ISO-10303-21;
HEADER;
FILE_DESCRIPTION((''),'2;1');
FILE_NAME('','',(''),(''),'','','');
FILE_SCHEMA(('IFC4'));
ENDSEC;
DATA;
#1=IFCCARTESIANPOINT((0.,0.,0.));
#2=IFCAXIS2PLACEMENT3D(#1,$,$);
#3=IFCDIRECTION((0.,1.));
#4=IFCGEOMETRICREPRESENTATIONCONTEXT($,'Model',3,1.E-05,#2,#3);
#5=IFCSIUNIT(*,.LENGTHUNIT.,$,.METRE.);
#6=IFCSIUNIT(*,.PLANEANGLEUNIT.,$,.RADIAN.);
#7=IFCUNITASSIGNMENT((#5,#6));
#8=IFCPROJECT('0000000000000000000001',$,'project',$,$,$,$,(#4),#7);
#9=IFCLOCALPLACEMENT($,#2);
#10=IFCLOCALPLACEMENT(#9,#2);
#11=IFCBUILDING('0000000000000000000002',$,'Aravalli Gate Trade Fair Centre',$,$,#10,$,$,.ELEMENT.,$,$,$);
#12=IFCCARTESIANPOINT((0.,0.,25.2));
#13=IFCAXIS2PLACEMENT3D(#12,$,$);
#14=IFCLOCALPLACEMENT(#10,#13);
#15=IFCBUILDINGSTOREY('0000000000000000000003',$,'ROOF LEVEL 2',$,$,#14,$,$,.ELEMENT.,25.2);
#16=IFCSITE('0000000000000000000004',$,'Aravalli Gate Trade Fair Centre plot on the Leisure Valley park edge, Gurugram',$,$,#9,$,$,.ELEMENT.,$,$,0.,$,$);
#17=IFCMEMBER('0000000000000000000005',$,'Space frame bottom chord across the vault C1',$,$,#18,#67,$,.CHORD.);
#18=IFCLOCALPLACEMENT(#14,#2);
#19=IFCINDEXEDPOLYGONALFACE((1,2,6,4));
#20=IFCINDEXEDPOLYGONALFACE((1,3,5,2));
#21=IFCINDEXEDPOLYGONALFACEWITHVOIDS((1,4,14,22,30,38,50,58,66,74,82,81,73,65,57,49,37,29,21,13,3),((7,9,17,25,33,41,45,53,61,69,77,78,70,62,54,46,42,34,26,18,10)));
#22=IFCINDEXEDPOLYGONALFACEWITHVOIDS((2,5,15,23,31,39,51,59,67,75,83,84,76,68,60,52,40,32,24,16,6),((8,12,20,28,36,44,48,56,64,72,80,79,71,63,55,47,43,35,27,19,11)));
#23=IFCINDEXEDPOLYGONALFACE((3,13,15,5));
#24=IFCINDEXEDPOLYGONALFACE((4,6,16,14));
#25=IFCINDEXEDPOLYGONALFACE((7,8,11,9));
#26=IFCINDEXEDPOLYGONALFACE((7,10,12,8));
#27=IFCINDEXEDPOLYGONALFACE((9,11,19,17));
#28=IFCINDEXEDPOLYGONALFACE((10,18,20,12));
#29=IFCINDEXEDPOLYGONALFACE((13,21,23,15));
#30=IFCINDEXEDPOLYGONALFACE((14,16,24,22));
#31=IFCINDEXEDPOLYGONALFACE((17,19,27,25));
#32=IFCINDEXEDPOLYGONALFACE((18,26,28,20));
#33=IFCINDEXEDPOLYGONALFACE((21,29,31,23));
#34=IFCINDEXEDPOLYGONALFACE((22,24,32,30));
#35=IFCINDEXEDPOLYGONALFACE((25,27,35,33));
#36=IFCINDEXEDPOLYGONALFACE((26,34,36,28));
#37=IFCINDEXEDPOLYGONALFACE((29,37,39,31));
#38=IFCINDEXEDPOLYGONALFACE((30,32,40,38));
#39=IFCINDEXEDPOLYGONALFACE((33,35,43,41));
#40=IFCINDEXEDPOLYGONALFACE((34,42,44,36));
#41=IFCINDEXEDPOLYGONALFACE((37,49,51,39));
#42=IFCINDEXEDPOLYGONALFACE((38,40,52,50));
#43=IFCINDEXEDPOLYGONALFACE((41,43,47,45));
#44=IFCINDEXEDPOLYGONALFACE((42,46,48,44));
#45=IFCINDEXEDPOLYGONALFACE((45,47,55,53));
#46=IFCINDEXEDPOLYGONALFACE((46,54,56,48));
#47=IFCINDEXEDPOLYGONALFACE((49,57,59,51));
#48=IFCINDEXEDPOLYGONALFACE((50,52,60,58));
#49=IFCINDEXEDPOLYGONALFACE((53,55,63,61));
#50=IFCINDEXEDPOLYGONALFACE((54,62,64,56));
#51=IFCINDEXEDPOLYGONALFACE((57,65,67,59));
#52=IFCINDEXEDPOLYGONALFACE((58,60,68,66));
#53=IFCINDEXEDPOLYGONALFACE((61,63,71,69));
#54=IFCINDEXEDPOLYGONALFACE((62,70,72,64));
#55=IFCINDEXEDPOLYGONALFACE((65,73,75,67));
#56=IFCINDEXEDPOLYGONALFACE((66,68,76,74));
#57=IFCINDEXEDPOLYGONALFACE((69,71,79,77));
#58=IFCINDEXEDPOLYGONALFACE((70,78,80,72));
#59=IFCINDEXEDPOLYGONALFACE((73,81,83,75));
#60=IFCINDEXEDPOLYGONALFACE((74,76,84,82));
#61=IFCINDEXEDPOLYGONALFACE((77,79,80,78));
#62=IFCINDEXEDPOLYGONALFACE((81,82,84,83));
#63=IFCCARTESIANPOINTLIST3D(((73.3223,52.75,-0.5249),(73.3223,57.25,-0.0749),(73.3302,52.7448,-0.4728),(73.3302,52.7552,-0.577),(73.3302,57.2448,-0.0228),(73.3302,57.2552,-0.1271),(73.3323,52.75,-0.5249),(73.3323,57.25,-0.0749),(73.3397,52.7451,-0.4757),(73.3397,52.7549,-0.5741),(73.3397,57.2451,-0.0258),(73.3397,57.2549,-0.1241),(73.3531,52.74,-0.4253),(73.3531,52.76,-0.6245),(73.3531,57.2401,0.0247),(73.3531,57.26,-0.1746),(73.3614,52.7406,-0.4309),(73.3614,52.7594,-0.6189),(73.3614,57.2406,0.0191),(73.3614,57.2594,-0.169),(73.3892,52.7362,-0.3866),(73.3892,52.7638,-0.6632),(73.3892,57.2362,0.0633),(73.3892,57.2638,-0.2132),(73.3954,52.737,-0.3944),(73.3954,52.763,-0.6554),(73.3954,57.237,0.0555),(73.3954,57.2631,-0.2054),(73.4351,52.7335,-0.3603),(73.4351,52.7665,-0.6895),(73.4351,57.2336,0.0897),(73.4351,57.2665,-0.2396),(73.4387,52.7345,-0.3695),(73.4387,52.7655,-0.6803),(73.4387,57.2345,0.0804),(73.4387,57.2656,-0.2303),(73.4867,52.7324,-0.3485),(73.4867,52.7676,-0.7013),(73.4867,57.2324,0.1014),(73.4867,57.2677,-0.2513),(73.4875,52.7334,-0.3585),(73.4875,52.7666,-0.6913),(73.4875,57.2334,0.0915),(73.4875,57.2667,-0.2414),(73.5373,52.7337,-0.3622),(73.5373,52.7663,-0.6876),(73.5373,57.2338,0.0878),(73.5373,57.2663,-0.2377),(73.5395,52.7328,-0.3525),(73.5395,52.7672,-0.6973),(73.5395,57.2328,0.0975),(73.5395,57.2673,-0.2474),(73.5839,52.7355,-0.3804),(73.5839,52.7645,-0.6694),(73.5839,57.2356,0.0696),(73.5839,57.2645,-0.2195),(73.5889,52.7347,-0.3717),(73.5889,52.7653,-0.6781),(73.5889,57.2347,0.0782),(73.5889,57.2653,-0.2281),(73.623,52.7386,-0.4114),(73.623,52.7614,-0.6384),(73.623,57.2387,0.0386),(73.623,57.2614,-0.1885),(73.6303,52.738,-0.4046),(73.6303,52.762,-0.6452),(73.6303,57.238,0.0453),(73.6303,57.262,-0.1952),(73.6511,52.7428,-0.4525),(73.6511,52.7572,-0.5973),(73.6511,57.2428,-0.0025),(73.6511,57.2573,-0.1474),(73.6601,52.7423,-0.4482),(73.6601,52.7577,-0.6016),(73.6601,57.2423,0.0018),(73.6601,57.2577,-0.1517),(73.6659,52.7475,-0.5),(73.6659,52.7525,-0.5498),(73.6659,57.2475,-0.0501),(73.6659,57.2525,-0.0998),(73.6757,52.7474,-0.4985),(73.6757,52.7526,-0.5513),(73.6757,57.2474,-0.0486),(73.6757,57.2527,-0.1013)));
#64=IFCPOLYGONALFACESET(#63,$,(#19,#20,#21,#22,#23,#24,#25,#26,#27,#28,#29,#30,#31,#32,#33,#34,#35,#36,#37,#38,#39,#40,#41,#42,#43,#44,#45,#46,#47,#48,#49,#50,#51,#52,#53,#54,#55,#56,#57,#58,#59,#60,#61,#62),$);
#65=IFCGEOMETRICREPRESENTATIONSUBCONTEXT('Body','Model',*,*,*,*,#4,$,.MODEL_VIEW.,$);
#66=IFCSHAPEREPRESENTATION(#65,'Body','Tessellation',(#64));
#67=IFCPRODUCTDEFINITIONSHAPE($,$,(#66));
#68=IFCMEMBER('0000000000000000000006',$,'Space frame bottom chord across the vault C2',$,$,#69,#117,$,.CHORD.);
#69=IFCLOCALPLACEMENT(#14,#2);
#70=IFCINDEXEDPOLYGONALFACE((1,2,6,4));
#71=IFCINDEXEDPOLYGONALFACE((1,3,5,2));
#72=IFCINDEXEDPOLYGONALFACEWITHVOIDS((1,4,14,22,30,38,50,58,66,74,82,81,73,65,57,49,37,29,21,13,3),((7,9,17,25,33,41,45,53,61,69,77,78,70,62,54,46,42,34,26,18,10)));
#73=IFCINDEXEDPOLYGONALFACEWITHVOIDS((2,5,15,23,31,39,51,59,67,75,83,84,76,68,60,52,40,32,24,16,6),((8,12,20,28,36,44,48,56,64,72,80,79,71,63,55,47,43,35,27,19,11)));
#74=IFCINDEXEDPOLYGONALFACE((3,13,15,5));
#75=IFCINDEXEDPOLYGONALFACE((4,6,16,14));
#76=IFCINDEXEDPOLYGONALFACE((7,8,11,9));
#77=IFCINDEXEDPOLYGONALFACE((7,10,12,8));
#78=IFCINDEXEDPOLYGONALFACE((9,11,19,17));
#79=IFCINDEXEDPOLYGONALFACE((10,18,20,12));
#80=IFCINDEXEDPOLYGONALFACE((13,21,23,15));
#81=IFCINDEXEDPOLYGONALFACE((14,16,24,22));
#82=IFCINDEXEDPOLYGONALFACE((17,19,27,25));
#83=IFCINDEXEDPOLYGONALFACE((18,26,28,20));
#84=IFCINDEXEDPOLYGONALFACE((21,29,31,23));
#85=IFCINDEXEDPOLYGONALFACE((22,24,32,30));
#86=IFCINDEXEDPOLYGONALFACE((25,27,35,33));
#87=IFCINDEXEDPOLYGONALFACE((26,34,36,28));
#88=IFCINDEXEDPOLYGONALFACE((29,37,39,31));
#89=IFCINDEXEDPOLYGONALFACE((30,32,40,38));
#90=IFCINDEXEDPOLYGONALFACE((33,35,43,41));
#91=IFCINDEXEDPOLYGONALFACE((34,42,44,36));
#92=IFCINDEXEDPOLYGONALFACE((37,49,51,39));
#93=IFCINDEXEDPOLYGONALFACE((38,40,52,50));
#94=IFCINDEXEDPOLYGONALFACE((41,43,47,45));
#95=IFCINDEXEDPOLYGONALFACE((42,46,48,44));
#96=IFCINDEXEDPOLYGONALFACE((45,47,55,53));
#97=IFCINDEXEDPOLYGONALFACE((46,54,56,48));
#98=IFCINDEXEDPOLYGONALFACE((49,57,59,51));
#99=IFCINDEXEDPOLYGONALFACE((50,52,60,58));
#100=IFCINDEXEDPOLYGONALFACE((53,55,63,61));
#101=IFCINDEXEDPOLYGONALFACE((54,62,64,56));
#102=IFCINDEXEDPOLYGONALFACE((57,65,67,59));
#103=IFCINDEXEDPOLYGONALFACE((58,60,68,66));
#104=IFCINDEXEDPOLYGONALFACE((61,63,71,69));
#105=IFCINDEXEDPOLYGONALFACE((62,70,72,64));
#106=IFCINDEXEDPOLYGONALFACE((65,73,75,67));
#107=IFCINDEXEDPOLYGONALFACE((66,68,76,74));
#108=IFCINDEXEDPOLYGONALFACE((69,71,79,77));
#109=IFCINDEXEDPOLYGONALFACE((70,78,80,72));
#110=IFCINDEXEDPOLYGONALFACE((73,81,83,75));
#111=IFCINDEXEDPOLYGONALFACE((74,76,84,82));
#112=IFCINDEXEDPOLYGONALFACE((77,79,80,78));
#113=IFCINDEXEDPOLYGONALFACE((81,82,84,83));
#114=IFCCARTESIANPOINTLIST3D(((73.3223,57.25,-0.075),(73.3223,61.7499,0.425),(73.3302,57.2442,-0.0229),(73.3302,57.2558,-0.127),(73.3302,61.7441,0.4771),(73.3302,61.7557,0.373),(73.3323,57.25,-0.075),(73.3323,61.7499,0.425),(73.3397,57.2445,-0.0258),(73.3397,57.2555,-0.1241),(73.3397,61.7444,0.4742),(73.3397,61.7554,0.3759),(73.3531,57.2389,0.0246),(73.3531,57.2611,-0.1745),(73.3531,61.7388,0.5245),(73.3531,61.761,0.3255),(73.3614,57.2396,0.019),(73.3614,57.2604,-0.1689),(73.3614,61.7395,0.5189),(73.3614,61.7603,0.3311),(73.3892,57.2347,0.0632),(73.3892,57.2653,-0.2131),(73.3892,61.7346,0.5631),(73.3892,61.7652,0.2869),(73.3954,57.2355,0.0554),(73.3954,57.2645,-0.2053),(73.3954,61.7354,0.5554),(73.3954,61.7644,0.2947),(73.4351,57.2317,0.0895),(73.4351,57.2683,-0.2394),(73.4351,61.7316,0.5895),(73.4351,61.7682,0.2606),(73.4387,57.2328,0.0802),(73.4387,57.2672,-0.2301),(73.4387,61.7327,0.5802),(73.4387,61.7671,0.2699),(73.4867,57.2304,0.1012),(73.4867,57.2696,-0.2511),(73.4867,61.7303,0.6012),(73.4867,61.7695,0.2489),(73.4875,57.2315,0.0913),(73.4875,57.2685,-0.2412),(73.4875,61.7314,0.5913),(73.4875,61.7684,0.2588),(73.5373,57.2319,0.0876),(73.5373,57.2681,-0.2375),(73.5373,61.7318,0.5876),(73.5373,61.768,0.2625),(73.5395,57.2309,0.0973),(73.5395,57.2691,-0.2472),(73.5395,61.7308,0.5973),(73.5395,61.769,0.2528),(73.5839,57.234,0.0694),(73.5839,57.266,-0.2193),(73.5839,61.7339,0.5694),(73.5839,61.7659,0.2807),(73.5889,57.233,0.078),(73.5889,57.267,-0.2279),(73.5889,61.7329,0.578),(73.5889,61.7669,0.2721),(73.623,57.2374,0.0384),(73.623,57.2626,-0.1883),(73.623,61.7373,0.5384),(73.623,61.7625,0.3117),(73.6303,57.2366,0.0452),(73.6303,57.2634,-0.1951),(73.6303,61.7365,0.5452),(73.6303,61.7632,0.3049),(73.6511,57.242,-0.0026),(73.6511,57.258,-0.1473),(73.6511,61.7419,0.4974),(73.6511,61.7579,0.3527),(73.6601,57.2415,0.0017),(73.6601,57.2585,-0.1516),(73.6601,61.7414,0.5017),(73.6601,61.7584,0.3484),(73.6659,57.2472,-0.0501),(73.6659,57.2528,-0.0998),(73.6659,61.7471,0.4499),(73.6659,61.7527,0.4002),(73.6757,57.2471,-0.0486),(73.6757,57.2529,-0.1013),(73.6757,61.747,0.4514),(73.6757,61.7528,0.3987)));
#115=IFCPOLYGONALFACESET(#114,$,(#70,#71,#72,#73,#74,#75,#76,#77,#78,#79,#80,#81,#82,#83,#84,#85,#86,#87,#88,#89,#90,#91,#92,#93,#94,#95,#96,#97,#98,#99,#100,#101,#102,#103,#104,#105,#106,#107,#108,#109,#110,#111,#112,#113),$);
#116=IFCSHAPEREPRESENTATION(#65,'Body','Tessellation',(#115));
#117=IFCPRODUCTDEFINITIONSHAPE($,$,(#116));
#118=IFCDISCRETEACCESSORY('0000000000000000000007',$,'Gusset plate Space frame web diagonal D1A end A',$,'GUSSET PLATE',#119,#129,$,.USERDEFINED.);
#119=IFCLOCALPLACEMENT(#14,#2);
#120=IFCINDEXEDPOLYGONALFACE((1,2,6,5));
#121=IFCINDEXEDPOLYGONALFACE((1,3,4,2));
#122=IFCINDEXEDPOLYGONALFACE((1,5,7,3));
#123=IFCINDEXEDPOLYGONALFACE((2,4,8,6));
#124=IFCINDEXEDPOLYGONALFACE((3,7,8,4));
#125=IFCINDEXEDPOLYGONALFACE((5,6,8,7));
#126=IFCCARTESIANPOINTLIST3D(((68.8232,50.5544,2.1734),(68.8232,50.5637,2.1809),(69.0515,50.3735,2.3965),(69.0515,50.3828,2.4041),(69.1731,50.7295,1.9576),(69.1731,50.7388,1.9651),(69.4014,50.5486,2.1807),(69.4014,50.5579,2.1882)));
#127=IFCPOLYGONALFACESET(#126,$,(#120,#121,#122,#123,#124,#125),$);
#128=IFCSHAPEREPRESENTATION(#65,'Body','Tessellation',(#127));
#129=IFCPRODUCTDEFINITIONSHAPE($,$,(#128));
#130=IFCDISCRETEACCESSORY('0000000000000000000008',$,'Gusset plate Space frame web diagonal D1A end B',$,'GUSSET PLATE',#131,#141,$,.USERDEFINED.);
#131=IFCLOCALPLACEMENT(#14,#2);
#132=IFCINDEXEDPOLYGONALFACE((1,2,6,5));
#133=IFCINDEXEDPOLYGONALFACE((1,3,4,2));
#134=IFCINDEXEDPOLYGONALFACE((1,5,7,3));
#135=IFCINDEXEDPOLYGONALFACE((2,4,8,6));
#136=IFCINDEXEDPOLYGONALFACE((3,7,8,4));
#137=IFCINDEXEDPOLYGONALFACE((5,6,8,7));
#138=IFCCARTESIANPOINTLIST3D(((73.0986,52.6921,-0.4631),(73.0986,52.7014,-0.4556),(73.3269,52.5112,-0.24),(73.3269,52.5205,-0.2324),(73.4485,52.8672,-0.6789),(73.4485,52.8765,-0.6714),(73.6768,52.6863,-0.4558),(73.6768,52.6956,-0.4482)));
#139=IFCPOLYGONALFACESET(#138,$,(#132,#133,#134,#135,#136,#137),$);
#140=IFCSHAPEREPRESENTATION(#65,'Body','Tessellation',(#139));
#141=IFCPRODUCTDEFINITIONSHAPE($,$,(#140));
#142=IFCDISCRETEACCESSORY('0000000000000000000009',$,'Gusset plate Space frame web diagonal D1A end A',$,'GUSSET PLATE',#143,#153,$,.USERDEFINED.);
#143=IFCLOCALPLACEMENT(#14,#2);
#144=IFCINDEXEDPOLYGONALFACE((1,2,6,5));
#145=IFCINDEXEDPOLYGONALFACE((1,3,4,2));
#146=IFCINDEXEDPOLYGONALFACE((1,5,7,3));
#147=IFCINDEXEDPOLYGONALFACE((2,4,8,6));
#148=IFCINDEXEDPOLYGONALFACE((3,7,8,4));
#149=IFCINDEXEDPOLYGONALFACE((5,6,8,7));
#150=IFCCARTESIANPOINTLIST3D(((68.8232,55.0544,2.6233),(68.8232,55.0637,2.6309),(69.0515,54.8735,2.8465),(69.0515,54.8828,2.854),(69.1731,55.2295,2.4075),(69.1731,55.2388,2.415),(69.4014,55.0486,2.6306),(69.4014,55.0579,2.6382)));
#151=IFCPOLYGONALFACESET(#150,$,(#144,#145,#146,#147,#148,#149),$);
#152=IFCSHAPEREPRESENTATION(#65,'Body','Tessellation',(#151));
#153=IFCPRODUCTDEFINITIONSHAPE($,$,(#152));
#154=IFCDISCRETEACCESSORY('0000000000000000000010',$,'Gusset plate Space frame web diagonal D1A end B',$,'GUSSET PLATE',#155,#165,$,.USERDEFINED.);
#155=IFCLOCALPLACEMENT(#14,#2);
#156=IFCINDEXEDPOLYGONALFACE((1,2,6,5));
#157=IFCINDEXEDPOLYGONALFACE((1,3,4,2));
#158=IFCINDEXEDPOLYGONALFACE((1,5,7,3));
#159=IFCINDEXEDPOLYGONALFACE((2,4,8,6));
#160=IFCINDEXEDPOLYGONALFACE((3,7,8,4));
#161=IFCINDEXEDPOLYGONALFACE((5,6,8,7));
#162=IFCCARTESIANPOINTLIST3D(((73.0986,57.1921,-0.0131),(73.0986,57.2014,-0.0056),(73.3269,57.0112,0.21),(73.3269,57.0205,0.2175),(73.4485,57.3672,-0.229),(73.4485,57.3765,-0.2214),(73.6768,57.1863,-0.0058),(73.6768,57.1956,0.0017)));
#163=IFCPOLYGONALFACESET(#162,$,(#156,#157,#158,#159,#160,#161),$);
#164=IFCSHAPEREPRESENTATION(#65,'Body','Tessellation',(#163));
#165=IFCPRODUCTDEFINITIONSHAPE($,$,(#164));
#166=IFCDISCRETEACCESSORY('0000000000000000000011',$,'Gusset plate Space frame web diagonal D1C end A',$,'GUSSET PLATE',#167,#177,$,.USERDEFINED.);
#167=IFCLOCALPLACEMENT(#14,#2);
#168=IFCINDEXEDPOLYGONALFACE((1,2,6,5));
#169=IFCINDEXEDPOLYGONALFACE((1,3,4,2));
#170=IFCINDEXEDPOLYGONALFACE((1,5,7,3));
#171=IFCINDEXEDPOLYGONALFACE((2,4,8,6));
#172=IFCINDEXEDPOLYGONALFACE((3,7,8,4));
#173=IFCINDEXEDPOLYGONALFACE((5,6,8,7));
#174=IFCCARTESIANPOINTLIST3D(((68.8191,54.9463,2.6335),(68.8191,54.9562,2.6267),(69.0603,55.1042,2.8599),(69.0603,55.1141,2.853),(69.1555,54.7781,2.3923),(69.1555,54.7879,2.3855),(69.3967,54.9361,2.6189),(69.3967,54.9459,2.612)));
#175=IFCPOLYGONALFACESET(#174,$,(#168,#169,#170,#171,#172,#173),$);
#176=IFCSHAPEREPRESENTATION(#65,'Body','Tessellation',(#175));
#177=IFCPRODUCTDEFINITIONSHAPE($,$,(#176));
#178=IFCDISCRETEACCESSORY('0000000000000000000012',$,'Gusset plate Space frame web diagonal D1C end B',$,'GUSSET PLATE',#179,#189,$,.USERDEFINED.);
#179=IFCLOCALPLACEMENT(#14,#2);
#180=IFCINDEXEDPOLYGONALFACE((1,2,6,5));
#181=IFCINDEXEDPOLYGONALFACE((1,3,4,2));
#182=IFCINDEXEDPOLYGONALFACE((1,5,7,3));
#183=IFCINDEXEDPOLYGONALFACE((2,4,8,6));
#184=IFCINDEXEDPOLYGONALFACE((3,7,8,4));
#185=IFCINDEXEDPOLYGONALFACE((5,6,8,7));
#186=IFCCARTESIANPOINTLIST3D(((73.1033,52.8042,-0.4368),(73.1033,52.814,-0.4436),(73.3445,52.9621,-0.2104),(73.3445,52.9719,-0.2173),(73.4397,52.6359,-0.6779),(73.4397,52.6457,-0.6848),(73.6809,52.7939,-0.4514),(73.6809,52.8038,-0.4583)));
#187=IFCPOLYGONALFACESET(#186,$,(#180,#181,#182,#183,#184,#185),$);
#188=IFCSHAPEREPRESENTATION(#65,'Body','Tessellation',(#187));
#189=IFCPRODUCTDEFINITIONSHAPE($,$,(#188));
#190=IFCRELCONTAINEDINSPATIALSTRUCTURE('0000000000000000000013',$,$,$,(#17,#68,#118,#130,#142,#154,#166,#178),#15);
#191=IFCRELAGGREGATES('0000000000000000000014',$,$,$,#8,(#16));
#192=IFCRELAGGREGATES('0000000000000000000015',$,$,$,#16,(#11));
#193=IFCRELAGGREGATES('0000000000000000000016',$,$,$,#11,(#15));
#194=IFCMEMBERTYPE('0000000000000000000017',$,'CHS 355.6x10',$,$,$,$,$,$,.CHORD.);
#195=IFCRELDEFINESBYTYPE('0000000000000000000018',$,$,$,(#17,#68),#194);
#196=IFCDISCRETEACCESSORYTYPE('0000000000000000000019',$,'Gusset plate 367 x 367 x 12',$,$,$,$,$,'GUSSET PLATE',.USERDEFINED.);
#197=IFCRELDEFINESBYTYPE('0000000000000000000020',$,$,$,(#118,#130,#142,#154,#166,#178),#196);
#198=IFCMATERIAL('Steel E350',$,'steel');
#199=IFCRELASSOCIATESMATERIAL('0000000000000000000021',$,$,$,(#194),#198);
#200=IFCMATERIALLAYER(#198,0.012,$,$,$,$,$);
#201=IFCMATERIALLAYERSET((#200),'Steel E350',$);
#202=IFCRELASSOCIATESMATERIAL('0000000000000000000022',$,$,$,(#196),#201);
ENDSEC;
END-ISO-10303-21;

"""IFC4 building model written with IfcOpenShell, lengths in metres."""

from ifc_helpers import new_model, si_unit, direction, frame, origin, origin_2d, place, context, subcontext, project, spatial, polyline, hollow_circle, outline, extrude, material, layer, layer_set, material_profile, profile_set, type_object, element, save


model = new_model("IFC4")

# Units and contexts
model_context = context("Model", 3, precision=1e-05, world=origin(), true_north=direction((0.0, 1.0)))
body_context = subcontext(model_context, "Body", "Model", "MODEL_VIEW")
ifc_project = project(units=[si_unit("LENGTHUNIT", "METRE"), si_unit("PLANEANGLEUNIT", "RADIAN")], contexts=[model_context])

# Site, building, storey
site_placement = place(None, origin())
site = spatial("IfcSite", under=ifc_project, at=site_placement, Name="Aravalli Gate Trade Fair Centre plot on the Leisure Valley park edge, Gurugram", CompositionType="ELEMENT", RefElevation=0.0)
building_placement = place(site_placement, origin())
building = spatial("IfcBuilding", under=site, at=building_placement, Name="Aravalli Gate Trade Fair Centre", CompositionType="ELEMENT")
storey_placement = place(building_placement, frame((0.0, 0.0, 25.2)))
storey = spatial("IfcBuildingStorey", under=building, at=storey_placement, Name="ROOF LEVEL 2", CompositionType="ELEMENT", Elevation=25.2)

# Members
ifc_material = material(Name="Steel E350", Category="steel")
ifc_material_profile_1 = material_profile(ifc_material, hollow_circle(Radius=0.1777, WallThickness=0.01, at=origin_2d()), Name="CHS 355.6x10")
ifc_profile_set_1 = profile_set([ifc_material_profile_1], Name="Steel E350")
member_type_1 = type_object("IfcMemberType", Name="CHS 355.6x10", PredefinedType="CHORD", material=ifc_profile_set_1)
member_1_placement = place(storey_placement, frame((73.5, 52.75, -0.5249), z_axis=(0.0, 0.995038, 0.099493), x_axis=(-1.0, 0.0, 0.0)))
element("IfcMember", 1, at=member_1_placement, inside=storey, type_object=member_type_1, Name="Space frame bottom chord across the vault C1", PredefinedType="CHORD", context=body_context, shape_type="SweptSolid", body=[
    extrude(hollow_circle(Radius=0.1777, WallThickness=0.01, at=origin_2d()), origin(), (0.0, 0.0, 1.0), 4.5225),
])
member_2_placement = place(storey_placement, frame((73.5, 57.25, -0.075), z_axis=(0.0, 0.993884, 0.110432), x_axis=(-1.0, 0.0, 0.0)))
element("IfcMember", 2, at=member_2_placement, inside=storey, type_object=member_type_1, Name="Space frame bottom chord across the vault C2", PredefinedType="CHORD", context=body_context, shape_type="SweptSolid", body=[
    extrude(hollow_circle(Radius=0.1777, WallThickness=0.01, at=origin_2d()), origin(), (0.0, 0.0, 1.0), 4.5276),
])

# Discrete accessories
ifc_layer = layer(ifc_material, 0.012)
ifc_layer_set = layer_set([ifc_layer], Name="Steel E350")
discrete_accessory_type = type_object("IfcDiscreteAccessoryType", Name="Gusset plate 367 x 367 x 12", ElementType="GUSSET PLATE", PredefinedType="USERDEFINED", material=ifc_layer_set)
discrete_accessory_1_placement = place(storey_placement, frame((69.1731, 50.7388, 1.9651), z_axis=(-0.000107, 0.776736, 0.629826), x_axis=(-0.783044, -0.391795, 0.48305)))
element("IfcDiscreteAccessory", 3, at=discrete_accessory_1_placement, inside=storey, type_object=discrete_accessory_type, Name="Gusset plate Space frame web diagonal D1A end A", ObjectType="GUSSET PLATE", PredefinedType="USERDEFINED", context=body_context, shape_type="SweptSolid", body=[
    extrude(outline(polyline([(0.0, 0.0), (0.4468, 0.0), (0.4467, 0.3669), (-0.0001, 0.3669), (0.0, 0.0)])), origin(), (0.0, 0.0, -1.0), 0.012),
])
discrete_accessory_2_placement = place(storey_placement, frame((73.0986, 52.7014, -0.4556), z_axis=(-0.000107, 0.776736, 0.629826), x_axis=(0.783044, 0.391795, -0.48305)))
element("IfcDiscreteAccessory", 4, at=discrete_accessory_2_placement, inside=storey, type_object=discrete_accessory_type, Name="Gusset plate Space frame web diagonal D1A end B", ObjectType="GUSSET PLATE", PredefinedType="USERDEFINED", context=body_context, shape_type="SweptSolid", body=[
    extrude(outline(polyline([(0.0, 0.0), (0.4468, 0.0), (0.4469, -0.3669), (0.0001, -0.3669), (0.0, 0.0)])), origin(), (0.0, 0.0, -1.0), 0.012),
])
discrete_accessory_3_placement = place(storey_placement, frame((69.1731, 55.2388, 2.415), z_axis=(-0.000107, 0.776736, 0.629826), x_axis=(-0.783044, -0.391795, 0.48305)))
element("IfcDiscreteAccessory", 5, at=discrete_accessory_3_placement, inside=storey, type_object=discrete_accessory_type, Name="Gusset plate Space frame web diagonal D1A end A", ObjectType="GUSSET PLATE", PredefinedType="USERDEFINED", context=body_context, shape_type="SweptSolid", body=[
    extrude(outline(polyline([(0.0, 0.0), (0.4468, 0.0), (0.4467, 0.3669), (-0.0001, 0.3669), (0.0, 0.0)])), origin(), (0.0, 0.0, -1.0), 0.012),
])
discrete_accessory_4_placement = place(storey_placement, frame((73.0986, 57.2014, -0.0056), z_axis=(-0.000107, 0.776736, 0.629826), x_axis=(0.783044, 0.391795, -0.48305)))
element("IfcDiscreteAccessory", 6, at=discrete_accessory_4_placement, inside=storey, type_object=discrete_accessory_type, Name="Gusset plate Space frame web diagonal D1A end B", ObjectType="GUSSET PLATE", PredefinedType="USERDEFINED", context=body_context, shape_type="SweptSolid", body=[
    extrude(outline(polyline([(0.0, 0.0), (0.4468, 0.0), (0.4469, -0.3669), (0.0001, -0.3669), (0.0, 0.0)])), origin(), (0.0, 0.0, -1.0), 0.012),
])
discrete_accessory_5_placement = place(storey_placement, frame((69.1555, 54.7781, 2.3923), z_axis=(-0.000049, -0.820141, 0.572161), x_axis=(-0.75291, 0.376583, 0.539733)))
element("IfcDiscreteAccessory", 7, at=discrete_accessory_5_placement, inside=storey, type_object=discrete_accessory_type, Name="Gusset plate Space frame web diagonal D1C end A", ObjectType="GUSSET PLATE", PredefinedType="USERDEFINED", context=body_context, shape_type="SweptSolid", body=[
    extrude(outline(polyline([(0.0, 0.0), (0.4468, 0.0), (0.4469, -0.3665), (0.0002, -0.3667), (0.0, 0.0)])), origin(), (0.0, 0.0, -1.0), 0.012),
])
discrete_accessory_6_placement = place(storey_placement, frame((73.1033, 52.8042, -0.4368), z_axis=(-0.000049, -0.820141, 0.572161), x_axis=(0.75291, -0.376583, -0.539733)))
element("IfcDiscreteAccessory", 8, at=discrete_accessory_6_placement, inside=storey, type_object=discrete_accessory_type, Name="Gusset plate Space frame web diagonal D1C end B", ObjectType="GUSSET PLATE", PredefinedType="USERDEFINED", context=body_context, shape_type="SweptSolid", body=[
    extrude(outline(polyline([(0.0, 0.0), (0.4468, 0.0), (0.4467, 0.3667), (0.0, 0.3665), (0.0, 0.0)])), origin(), (0.0, 0.0, -1.0), 0.012),
])

save(model, "model.ifc")
